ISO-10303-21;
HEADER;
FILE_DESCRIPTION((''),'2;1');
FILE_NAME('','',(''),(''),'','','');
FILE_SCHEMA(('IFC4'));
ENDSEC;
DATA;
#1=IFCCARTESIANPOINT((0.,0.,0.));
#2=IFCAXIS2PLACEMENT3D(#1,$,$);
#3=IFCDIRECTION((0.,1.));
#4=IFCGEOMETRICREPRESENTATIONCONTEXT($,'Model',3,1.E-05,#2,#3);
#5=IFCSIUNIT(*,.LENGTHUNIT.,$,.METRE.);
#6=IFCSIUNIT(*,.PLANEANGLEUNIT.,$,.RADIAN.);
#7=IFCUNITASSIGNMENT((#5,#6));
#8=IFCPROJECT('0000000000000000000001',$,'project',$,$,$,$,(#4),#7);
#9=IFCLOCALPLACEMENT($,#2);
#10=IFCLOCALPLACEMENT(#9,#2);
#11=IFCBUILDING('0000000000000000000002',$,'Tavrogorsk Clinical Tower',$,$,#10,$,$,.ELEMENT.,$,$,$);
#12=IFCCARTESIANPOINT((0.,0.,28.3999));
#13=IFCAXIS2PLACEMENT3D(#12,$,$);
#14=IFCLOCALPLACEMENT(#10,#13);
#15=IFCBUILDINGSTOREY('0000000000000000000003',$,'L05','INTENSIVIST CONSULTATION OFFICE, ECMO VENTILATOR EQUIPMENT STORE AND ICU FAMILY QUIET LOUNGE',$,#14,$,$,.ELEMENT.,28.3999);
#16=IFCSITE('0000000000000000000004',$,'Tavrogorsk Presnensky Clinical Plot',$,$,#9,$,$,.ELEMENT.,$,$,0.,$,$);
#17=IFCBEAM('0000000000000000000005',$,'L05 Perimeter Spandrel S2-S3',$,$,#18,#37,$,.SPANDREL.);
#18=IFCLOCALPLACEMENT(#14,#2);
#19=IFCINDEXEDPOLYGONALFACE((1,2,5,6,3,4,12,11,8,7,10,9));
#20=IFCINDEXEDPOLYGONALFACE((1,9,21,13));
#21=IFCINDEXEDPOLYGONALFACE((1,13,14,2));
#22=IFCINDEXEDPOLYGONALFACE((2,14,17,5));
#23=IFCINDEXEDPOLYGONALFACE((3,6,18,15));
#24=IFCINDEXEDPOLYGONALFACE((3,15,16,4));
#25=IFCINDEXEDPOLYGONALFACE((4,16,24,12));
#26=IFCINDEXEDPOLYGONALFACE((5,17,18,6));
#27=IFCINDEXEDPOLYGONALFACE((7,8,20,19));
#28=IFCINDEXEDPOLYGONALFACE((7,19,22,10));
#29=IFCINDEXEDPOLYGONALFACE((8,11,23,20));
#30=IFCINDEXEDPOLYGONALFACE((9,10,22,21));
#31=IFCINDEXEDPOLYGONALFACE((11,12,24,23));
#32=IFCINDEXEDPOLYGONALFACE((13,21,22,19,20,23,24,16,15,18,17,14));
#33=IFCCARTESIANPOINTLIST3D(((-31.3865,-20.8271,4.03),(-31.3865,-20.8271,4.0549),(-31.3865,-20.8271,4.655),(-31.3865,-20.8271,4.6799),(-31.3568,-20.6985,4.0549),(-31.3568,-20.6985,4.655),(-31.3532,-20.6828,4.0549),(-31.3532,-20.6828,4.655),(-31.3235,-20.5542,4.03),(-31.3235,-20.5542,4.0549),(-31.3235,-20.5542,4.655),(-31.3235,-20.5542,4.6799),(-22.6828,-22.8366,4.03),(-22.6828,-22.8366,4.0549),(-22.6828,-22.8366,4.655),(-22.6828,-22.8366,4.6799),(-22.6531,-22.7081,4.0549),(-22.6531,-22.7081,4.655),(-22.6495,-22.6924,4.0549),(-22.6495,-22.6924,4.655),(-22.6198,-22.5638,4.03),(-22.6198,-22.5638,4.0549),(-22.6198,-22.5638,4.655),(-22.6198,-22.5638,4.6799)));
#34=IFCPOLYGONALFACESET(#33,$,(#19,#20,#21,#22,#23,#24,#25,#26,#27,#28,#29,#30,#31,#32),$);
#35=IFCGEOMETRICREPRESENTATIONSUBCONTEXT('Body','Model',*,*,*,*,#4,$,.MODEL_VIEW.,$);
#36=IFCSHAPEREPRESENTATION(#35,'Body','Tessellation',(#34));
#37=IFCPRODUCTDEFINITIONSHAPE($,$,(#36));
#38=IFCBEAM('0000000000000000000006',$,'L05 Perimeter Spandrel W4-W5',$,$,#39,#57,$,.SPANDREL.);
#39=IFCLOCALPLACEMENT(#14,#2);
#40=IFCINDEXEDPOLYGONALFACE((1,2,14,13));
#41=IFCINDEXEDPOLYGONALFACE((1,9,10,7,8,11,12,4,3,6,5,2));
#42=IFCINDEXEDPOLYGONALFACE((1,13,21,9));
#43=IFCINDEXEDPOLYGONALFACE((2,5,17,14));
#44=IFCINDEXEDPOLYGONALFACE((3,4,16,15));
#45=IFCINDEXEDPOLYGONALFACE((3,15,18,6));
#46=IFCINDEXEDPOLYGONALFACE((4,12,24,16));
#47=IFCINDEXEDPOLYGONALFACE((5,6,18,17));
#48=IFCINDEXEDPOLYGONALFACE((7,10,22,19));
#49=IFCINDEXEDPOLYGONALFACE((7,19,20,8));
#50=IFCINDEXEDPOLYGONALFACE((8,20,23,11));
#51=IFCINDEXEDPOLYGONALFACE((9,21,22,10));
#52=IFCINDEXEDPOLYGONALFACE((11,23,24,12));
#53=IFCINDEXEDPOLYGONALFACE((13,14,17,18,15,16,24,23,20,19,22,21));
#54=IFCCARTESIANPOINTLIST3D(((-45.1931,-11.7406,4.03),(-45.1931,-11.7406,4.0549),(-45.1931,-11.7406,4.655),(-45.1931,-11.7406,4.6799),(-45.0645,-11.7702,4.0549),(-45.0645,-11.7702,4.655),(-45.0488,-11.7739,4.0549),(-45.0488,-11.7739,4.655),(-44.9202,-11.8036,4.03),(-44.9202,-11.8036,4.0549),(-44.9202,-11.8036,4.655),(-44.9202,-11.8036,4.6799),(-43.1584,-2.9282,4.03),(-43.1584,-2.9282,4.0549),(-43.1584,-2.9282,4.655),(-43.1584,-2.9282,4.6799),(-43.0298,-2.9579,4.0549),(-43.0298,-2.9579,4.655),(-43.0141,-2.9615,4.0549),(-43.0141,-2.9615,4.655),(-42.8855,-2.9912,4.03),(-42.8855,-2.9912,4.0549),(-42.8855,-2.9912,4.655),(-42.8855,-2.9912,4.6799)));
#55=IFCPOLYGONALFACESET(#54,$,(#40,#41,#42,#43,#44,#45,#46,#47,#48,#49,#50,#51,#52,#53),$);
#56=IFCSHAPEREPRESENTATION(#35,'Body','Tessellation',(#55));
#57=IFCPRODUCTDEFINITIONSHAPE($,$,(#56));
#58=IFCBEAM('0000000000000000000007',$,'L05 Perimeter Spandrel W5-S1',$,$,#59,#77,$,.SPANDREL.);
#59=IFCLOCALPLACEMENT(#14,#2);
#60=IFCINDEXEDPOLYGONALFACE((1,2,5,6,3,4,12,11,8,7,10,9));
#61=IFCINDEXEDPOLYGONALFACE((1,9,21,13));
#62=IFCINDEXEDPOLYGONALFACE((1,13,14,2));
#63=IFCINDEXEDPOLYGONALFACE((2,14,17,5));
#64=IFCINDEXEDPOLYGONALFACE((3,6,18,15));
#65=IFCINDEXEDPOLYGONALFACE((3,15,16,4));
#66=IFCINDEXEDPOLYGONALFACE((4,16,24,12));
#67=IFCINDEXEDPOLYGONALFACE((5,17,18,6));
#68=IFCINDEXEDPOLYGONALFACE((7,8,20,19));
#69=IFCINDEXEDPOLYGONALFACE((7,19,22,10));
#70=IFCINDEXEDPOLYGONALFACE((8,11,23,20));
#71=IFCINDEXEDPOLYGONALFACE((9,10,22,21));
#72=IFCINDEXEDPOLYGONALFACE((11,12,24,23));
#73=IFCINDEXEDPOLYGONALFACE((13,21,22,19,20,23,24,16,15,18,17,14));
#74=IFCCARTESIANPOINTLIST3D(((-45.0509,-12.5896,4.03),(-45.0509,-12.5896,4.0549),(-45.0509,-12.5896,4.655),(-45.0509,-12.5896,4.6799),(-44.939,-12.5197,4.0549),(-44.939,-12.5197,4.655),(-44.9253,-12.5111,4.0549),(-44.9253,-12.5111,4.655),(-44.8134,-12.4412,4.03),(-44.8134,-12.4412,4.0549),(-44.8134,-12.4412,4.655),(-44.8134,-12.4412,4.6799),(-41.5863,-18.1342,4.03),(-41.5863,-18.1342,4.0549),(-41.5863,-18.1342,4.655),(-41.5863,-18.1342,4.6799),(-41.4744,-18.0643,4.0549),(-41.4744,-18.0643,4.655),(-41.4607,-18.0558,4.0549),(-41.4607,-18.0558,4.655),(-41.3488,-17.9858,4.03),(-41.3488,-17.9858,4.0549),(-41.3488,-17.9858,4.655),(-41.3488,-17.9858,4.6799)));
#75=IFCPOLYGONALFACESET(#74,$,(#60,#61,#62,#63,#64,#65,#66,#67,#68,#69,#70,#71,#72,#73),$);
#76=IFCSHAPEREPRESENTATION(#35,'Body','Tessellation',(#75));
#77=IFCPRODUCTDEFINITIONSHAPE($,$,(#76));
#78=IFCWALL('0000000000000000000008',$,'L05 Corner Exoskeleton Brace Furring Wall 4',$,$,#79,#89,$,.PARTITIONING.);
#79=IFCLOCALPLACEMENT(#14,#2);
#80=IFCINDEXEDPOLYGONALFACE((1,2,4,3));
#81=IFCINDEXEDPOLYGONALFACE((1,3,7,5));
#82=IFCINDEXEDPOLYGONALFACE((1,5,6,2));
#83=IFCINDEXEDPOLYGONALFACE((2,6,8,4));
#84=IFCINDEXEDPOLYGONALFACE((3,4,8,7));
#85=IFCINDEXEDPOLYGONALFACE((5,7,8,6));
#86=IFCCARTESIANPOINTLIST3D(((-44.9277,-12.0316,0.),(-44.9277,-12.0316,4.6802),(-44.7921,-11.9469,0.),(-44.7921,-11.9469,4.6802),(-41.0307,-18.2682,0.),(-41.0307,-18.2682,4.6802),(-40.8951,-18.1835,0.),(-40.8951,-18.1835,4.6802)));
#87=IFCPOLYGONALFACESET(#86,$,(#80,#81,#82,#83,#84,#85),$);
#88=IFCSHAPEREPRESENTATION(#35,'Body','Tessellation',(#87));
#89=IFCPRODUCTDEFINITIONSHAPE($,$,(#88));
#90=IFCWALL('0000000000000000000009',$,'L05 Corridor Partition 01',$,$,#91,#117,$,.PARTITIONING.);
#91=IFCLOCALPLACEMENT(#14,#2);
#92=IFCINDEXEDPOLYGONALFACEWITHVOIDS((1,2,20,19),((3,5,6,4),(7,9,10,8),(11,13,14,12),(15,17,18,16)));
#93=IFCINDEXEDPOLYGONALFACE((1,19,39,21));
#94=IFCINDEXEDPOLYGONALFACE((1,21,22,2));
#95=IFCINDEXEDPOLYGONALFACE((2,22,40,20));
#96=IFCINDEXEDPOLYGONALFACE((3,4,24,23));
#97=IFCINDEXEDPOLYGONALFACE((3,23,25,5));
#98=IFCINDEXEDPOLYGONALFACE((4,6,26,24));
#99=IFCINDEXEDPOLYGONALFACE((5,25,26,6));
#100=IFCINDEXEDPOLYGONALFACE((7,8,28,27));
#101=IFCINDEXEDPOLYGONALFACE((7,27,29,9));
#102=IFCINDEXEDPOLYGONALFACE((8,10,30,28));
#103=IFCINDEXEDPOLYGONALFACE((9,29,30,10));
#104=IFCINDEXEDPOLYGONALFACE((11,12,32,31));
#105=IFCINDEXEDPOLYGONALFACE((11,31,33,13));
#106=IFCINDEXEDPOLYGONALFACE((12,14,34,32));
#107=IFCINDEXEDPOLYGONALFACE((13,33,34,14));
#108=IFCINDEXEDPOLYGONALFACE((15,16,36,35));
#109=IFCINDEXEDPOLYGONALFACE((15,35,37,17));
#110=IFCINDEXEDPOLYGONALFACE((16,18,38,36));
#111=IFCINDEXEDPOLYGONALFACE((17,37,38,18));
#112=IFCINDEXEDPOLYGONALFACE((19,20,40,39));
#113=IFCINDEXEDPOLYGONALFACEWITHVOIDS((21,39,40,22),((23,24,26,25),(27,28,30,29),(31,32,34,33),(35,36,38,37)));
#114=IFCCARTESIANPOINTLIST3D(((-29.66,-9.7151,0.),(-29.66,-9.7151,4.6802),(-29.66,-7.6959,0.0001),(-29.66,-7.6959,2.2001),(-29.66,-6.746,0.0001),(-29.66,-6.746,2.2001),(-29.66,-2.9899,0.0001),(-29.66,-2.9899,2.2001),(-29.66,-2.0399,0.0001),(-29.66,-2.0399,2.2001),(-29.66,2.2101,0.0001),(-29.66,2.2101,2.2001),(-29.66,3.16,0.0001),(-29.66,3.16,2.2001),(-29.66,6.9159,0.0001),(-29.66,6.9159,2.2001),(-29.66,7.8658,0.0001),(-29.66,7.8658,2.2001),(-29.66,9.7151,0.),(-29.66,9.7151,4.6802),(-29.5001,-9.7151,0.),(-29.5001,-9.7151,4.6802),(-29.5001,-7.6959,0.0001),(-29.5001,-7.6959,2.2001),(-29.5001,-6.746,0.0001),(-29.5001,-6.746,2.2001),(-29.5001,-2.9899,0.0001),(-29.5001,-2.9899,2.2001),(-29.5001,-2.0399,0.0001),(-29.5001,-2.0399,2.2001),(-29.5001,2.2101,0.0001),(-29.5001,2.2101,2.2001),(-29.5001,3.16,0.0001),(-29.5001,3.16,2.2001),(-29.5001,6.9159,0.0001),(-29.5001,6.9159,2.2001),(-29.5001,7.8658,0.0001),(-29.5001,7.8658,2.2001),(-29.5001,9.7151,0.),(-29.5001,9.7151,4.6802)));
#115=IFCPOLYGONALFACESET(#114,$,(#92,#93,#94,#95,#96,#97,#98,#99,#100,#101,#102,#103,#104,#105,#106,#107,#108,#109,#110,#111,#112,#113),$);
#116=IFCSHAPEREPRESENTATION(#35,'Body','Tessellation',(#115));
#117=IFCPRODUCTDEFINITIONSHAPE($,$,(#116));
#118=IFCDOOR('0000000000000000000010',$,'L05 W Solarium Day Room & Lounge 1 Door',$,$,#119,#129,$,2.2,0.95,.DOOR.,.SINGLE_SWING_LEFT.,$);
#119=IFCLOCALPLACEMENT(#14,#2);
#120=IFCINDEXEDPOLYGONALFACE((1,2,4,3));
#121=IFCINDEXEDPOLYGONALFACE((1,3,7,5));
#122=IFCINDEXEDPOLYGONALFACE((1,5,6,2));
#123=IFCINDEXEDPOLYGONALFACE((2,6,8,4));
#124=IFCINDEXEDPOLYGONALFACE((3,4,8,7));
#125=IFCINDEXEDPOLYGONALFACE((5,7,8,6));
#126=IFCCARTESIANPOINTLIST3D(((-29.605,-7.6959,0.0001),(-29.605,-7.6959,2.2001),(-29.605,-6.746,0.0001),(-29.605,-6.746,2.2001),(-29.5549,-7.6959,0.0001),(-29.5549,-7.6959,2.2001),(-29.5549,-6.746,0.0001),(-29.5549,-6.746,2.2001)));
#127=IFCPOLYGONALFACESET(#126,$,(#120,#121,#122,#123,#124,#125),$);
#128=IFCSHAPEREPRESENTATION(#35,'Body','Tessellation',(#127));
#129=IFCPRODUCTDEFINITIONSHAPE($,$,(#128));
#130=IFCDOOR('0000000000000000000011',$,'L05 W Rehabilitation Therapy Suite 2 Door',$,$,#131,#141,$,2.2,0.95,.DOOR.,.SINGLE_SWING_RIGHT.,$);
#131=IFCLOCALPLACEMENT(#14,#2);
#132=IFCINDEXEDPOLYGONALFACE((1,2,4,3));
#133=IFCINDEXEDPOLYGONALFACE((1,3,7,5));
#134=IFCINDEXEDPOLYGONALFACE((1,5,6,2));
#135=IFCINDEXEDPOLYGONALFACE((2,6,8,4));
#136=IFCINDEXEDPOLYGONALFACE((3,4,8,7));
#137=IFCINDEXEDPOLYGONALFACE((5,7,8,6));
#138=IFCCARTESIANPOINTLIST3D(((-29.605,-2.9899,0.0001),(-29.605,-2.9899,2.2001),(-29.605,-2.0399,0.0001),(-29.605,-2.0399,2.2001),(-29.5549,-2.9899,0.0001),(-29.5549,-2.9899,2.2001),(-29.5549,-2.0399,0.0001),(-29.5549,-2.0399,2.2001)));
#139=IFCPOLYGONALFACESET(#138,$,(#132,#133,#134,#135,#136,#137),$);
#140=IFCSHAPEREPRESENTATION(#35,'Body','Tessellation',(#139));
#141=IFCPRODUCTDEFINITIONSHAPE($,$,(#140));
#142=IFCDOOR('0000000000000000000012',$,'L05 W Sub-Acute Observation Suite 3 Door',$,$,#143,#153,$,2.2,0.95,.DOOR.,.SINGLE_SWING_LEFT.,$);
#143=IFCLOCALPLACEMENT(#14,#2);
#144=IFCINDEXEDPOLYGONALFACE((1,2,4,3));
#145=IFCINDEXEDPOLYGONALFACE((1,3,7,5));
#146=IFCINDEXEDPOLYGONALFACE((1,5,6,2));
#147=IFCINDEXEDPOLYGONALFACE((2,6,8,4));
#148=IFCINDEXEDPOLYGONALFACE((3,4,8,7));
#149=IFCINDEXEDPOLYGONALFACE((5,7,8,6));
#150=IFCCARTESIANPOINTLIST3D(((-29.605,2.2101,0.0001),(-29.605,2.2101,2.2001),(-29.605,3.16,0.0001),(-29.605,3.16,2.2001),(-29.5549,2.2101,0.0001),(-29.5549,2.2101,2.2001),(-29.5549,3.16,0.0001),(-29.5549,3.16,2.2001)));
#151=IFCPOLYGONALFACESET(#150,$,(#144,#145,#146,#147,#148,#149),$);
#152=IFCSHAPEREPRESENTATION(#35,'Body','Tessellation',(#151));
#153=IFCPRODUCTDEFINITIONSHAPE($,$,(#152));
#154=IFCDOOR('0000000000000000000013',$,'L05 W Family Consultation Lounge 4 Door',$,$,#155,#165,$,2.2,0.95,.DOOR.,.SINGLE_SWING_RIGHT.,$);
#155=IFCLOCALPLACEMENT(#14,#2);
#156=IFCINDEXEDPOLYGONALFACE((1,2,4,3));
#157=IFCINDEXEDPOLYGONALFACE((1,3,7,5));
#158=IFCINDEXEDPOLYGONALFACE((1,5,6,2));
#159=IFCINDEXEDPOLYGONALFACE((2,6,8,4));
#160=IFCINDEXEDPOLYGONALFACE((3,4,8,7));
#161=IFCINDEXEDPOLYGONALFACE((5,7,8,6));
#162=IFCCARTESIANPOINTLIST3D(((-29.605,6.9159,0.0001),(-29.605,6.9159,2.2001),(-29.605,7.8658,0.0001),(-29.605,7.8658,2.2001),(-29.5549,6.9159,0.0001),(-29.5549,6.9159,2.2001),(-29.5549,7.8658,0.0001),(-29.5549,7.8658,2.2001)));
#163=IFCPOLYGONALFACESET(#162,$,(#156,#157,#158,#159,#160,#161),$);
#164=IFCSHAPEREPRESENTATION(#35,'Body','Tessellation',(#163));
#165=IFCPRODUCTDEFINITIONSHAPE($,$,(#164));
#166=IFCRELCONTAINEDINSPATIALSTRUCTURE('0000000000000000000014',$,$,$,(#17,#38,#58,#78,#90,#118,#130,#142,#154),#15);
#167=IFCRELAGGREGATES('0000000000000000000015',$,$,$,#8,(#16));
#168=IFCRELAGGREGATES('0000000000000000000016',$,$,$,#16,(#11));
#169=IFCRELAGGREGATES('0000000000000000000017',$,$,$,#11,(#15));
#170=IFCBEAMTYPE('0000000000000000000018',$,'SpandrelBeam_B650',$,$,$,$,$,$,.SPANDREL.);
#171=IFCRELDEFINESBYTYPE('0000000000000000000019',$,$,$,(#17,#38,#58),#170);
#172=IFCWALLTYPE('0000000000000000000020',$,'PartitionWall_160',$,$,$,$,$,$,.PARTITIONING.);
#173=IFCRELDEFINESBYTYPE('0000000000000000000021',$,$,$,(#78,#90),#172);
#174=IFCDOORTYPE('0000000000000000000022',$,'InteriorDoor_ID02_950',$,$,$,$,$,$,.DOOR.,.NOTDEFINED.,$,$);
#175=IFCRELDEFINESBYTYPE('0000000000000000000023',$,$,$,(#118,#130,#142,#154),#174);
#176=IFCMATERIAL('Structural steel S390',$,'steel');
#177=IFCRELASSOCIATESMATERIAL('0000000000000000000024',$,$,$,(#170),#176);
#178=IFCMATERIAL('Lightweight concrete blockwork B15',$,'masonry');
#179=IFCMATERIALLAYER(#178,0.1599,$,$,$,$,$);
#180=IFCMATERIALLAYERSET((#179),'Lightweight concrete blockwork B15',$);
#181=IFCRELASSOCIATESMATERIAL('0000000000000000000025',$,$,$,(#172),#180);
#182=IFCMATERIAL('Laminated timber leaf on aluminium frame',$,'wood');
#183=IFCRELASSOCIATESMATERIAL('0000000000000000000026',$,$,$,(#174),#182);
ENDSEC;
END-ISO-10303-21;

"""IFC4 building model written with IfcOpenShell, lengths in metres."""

from ifc_helpers import new_model, si_unit, direction, frame, frame_2d, origin, origin_2d, place, context, subcontext, project, spatial, rectangle, i_section, extrude, material, layer, layer_set, material_profile, profile_set, type_object, element, fill, save


model = new_model("IFC4")

# Units and contexts
model_context = context("Model", 3, precision=1e-05, world=origin(), true_north=direction((0.0, 1.0)))
body_context = subcontext(model_context, "Body", "Model", "MODEL_VIEW")
ifc_project = project(units=[si_unit("LENGTHUNIT", "METRE"), si_unit("PLANEANGLEUNIT", "RADIAN")], contexts=[model_context])

# Site, building, storey
site_placement = place(None, origin())
site = spatial("IfcSite", under=ifc_project, at=site_placement, Name="Tavrogorsk Presnensky Clinical Plot", CompositionType="ELEMENT", RefElevation=0.0)
building_placement = place(site_placement, origin())
building = spatial("IfcBuilding", under=site, at=building_placement, Name="Tavrogorsk Clinical Tower", CompositionType="ELEMENT")
storey_placement = place(building_placement, frame((0.0, 0.0, 28.3999)))
storey = spatial("IfcBuildingStorey", under=building, at=storey_placement, Name="L05", Description="INTENSIVIST CONSULTATION OFFICE, ECMO VENTILATOR EQUIPMENT STORE AND ICU FAMILY QUIET LOUNGE", CompositionType="ELEMENT", Elevation=28.3999)

# Beams
ifc_material_1 = material(Name="Structural steel S390", Category="steel")
ifc_material_profile_1 = material_profile(ifc_material_1, i_section(OverallWidth=0.28, OverallDepth=0.6499, WebThickness=0.0161, FlangeThickness=0.0249, at=origin_2d()), Name="B-650x280x16x25")
ifc_profile_set_1 = profile_set([ifc_material_profile_1], Name="Structural steel S390")
beam_type = type_object("IfcBeamType", Name="SpandrelBeam_B650", PredefinedType="SPANDREL", material=ifc_profile_set_1)
for number, where, z_axis, x_axis, name in (
    (1, (-31.355, -20.6907, 4.355), (0.974367, -0.224965, 0.0), (0.224965, 0.974367, 0.0), "L05 Perimeter Spandrel S2-S3"),
):
    element("IfcBeam", number, at=place(storey_placement, frame(where, z_axis=z_axis, x_axis=x_axis)), inside=storey, type_object=beam_type, Name=name, PredefinedType="SPANDREL", context=body_context, shape_type="SweptSolid", body=[
        extrude(i_section(OverallWidth=0.28, OverallDepth=0.6499, WebThickness=0.0161, FlangeThickness=0.0249, at=origin_2d()), origin(), (0.0, 0.0, 1.0), 8.9326),
    ])
beam_1_placement = place(storey_placement, frame((-43.022, -2.9597, 4.355), z_axis=(-0.224972, -0.974365, 0.0), x_axis=(0.974365, -0.224972, 0.0)))
element("IfcBeam", 2, at=beam_1_placement, inside=storey, type_object=beam_type, Name="L05 Perimeter Spandrel W4-W5", PredefinedType="SPANDREL", context=body_context, shape_type="SweptSolid", body=[
    extrude(i_section(OverallWidth=0.28, OverallDepth=0.6499, WebThickness=0.0161, FlangeThickness=0.0249, at=origin_2d()), origin(), (0.0, 0.0, 1.0), 9.0442),
])
beam_2_placement = place(storey_placement, frame((-44.9321, -12.5154, 4.355), z_axis=(0.529908, -0.848055, 0.0), x_axis=(0.848055, 0.529908, 0.0)))
element("IfcBeam", 3, at=beam_2_placement, inside=storey, type_object=beam_type, Name="L05 Perimeter Spandrel W5-S1", PredefinedType="SPANDREL", context=body_context, shape_type="SweptSolid", body=[
    extrude(i_section(OverallWidth=0.28, OverallDepth=0.6499, WebThickness=0.0161, FlangeThickness=0.0249, at=origin_2d()), origin(), (0.0, 0.0, 1.0), 6.5381),
])

# Wall
ifc_material_2 = material(Name="Lightweight concrete blockwork B15", Category="masonry")
ifc_layer_1 = layer(ifc_material_2, 0.1599)
ifc_layer_set_1 = layer_set([ifc_layer_1], Name="Lightweight concrete blockwork B15")
wall_type_1 = type_object("IfcWallType", Name="PartitionWall_160", PredefinedType="PARTITIONING", material=ifc_layer_set_1)
wall_1_placement = place(storey_placement, frame((-44.8599, -11.9893, 0.0), z_axis=(0.0, 0.0, 1.0), x_axis=(0.529912, -0.848052, 0.0)))
element("IfcWall", 4, at=wall_1_placement, inside=storey, type_object=wall_type_1, Name="L05 Corner Exoskeleton Brace Furring Wall 4", PredefinedType="PARTITIONING", context=body_context, shape_type="SweptSolid", body=[
    extrude(rectangle(XDim=7.354, YDim=0.1599, at=frame_2d((3.677, 0.0))), origin(), (0.0, 0.0, 1.0), 4.6802),
])

# Wall, openings, doors
wall_2_placement = place(storey_placement, frame((-29.5801, -9.7151, 0.0), z_axis=(0.0, 0.0, 1.0), x_axis=(0.0, 1.0, 0.0)))
wall_2 = element("IfcWall", 5, at=wall_2_placement, inside=storey, type_object=wall_type_1, Name="L05 Corridor Partition 01", PredefinedType="PARTITIONING", context=body_context, shape_type="SweptSolid", body=[
    extrude(rectangle(XDim=19.4302, YDim=0.1599, at=frame_2d((9.7151, 0.0))), origin(), (0.0, 0.0, 1.0), 4.6802),
])
opening_1_placement = place(wall_2_placement, frame((2.019, 0.0, 0.0)))
opening_1 = element("IfcOpeningElement", 6, at=opening_1_placement, cuts=wall_2, PredefinedType="OPENING", context=body_context, shape_type="SweptSolid", body=[
    extrude(rectangle(XDim=0.95, YDim=2.2, at=frame_2d((0.4751, 1.1001))), frame((0.0, 0.0898, 0.0), z_axis=(0.0, -1.0, 0.0), x_axis=(1.0, 0.0, 0.0)), (0.0, 0.0, 1.0), 0.1799),
])
opening_2_placement = place(wall_2_placement, frame((6.7251, 0.0, 0.0)))
opening_2 = element("IfcOpeningElement", 7, at=opening_2_placement, cuts=wall_2, PredefinedType="OPENING", context=body_context, shape_type="SweptSolid", body=[
    extrude(rectangle(XDim=0.95, YDim=2.2, at=frame_2d((0.4751, 1.1001))), frame((0.0, 0.0898, 0.0), z_axis=(0.0, -1.0, 0.0), x_axis=(1.0, 0.0, 0.0)), (0.0, 0.0, 1.0), 0.1799),
])
opening_3_placement = place(wall_2_placement, frame((11.925, 0.0, 0.0)))
opening_3 = element("IfcOpeningElement", 8, at=opening_3_placement, cuts=wall_2, PredefinedType="OPENING", context=body_context, shape_type="SweptSolid", body=[
    extrude(rectangle(XDim=0.95, YDim=2.2, at=frame_2d((0.4751, 1.1001))), frame((0.0, 0.0898, 0.0), z_axis=(0.0, -1.0, 0.0), x_axis=(1.0, 0.0, 0.0)), (0.0, 0.0, 1.0), 0.1799),
])
opening_4_placement = place(wall_2_placement, frame((16.6309, 0.0, 0.0)))
opening_4 = element("IfcOpeningElement", 9, at=opening_4_placement, cuts=wall_2, PredefinedType="OPENING", context=body_context, shape_type="SweptSolid", body=[
    extrude(rectangle(XDim=0.95, YDim=2.2, at=frame_2d((0.4751, 1.1001))), frame((0.0, 0.0898, 0.0), z_axis=(0.0, -1.0, 0.0), x_axis=(1.0, 0.0, 0.0)), (0.0, 0.0, 1.0), 0.1799),
])
ifc_material_3 = material(Name="Laminated timber leaf on aluminium frame", Category="wood")
door_type = type_object("IfcDoorType", Name="InteriorDoor_ID02_950", OperationType="NOTDEFINED", PredefinedType="DOOR", material=ifc_material_3)
door_1_placement = place(opening_1_placement, origin())
door_1 = element("IfcDoor", 10, at=door_1_placement, inside=storey, type_object=door_type, Name="L05 W Solarium Day Room & Lounge 1 Door", OperationType="SINGLE_SWING_LEFT", OverallHeight=2.2, OverallWidth=0.95, PredefinedType="DOOR", context=body_context, shape_type="SweptSolid", body=[
    extrude(rectangle(XDim=0.95, YDim=2.2, at=frame_2d((0.4751, 1.1001))), frame((0.0, 0.0249, 0.0), z_axis=(0.0, -1.0, 0.0), x_axis=(1.0, 0.0, 0.0)), (0.0, 0.0, 1.0), 0.05),
])
fill(opening_1, door_1)
door_2_placement = place(opening_2_placement, origin())
door_2 = element("IfcDoor", 11, at=door_2_placement, inside=storey, type_object=door_type, Name="L05 W Rehabilitation Therapy Suite 2 Door", OperationType="SINGLE_SWING_RIGHT", OverallHeight=2.2, OverallWidth=0.95, PredefinedType="DOOR", context=body_context, shape_type="SweptSolid", body=[
    extrude(rectangle(XDim=0.95, YDim=2.2, at=frame_2d((0.4751, 1.1001))), frame((0.0, 0.0249, 0.0), z_axis=(0.0, -1.0, 0.0), x_axis=(1.0, 0.0, 0.0)), (0.0, 0.0, 1.0), 0.05),
])
fill(opening_2, door_2)
door_3_placement = place(opening_3_placement, origin())
door_3 = element("IfcDoor", 12, at=door_3_placement, inside=storey, type_object=door_type, Name="L05 W Sub-Acute Observation Suite 3 Door", OperationType="SINGLE_SWING_LEFT", OverallHeight=2.2, OverallWidth=0.95, PredefinedType="DOOR", context=body_context, shape_type="SweptSolid", body=[
    extrude(rectangle(XDim=0.95, YDim=2.2, at=frame_2d((0.4751, 1.1001))), frame((0.0, 0.0249, 0.0), z_axis=(0.0, -1.0, 0.0), x_axis=(1.0, 0.0, 0.0)), (0.0, 0.0, 1.0), 0.05),
])
fill(opening_3, door_3)
door_4_placement = place(opening_4_placement, origin())
door_4 = element("IfcDoor", 13, at=door_4_placement, inside=storey, type_object=door_type, Name="L05 W Family Consultation Lounge 4 Door", OperationType="SINGLE_SWING_RIGHT", OverallHeight=2.2, OverallWidth=0.95, PredefinedType="DOOR", context=body_context, shape_type="SweptSolid", body=[
    extrude(rectangle(XDim=0.95, YDim=2.2, at=frame_2d((0.4751, 1.1001))), frame((0.0, 0.0249, 0.0), z_axis=(0.0, -1.0, 0.0), x_axis=(1.0, 0.0, 0.0)), (0.0, 0.0, 1.0), 0.05),
])
fill(opening_4, door_4)

save(model, "model.ifc")
